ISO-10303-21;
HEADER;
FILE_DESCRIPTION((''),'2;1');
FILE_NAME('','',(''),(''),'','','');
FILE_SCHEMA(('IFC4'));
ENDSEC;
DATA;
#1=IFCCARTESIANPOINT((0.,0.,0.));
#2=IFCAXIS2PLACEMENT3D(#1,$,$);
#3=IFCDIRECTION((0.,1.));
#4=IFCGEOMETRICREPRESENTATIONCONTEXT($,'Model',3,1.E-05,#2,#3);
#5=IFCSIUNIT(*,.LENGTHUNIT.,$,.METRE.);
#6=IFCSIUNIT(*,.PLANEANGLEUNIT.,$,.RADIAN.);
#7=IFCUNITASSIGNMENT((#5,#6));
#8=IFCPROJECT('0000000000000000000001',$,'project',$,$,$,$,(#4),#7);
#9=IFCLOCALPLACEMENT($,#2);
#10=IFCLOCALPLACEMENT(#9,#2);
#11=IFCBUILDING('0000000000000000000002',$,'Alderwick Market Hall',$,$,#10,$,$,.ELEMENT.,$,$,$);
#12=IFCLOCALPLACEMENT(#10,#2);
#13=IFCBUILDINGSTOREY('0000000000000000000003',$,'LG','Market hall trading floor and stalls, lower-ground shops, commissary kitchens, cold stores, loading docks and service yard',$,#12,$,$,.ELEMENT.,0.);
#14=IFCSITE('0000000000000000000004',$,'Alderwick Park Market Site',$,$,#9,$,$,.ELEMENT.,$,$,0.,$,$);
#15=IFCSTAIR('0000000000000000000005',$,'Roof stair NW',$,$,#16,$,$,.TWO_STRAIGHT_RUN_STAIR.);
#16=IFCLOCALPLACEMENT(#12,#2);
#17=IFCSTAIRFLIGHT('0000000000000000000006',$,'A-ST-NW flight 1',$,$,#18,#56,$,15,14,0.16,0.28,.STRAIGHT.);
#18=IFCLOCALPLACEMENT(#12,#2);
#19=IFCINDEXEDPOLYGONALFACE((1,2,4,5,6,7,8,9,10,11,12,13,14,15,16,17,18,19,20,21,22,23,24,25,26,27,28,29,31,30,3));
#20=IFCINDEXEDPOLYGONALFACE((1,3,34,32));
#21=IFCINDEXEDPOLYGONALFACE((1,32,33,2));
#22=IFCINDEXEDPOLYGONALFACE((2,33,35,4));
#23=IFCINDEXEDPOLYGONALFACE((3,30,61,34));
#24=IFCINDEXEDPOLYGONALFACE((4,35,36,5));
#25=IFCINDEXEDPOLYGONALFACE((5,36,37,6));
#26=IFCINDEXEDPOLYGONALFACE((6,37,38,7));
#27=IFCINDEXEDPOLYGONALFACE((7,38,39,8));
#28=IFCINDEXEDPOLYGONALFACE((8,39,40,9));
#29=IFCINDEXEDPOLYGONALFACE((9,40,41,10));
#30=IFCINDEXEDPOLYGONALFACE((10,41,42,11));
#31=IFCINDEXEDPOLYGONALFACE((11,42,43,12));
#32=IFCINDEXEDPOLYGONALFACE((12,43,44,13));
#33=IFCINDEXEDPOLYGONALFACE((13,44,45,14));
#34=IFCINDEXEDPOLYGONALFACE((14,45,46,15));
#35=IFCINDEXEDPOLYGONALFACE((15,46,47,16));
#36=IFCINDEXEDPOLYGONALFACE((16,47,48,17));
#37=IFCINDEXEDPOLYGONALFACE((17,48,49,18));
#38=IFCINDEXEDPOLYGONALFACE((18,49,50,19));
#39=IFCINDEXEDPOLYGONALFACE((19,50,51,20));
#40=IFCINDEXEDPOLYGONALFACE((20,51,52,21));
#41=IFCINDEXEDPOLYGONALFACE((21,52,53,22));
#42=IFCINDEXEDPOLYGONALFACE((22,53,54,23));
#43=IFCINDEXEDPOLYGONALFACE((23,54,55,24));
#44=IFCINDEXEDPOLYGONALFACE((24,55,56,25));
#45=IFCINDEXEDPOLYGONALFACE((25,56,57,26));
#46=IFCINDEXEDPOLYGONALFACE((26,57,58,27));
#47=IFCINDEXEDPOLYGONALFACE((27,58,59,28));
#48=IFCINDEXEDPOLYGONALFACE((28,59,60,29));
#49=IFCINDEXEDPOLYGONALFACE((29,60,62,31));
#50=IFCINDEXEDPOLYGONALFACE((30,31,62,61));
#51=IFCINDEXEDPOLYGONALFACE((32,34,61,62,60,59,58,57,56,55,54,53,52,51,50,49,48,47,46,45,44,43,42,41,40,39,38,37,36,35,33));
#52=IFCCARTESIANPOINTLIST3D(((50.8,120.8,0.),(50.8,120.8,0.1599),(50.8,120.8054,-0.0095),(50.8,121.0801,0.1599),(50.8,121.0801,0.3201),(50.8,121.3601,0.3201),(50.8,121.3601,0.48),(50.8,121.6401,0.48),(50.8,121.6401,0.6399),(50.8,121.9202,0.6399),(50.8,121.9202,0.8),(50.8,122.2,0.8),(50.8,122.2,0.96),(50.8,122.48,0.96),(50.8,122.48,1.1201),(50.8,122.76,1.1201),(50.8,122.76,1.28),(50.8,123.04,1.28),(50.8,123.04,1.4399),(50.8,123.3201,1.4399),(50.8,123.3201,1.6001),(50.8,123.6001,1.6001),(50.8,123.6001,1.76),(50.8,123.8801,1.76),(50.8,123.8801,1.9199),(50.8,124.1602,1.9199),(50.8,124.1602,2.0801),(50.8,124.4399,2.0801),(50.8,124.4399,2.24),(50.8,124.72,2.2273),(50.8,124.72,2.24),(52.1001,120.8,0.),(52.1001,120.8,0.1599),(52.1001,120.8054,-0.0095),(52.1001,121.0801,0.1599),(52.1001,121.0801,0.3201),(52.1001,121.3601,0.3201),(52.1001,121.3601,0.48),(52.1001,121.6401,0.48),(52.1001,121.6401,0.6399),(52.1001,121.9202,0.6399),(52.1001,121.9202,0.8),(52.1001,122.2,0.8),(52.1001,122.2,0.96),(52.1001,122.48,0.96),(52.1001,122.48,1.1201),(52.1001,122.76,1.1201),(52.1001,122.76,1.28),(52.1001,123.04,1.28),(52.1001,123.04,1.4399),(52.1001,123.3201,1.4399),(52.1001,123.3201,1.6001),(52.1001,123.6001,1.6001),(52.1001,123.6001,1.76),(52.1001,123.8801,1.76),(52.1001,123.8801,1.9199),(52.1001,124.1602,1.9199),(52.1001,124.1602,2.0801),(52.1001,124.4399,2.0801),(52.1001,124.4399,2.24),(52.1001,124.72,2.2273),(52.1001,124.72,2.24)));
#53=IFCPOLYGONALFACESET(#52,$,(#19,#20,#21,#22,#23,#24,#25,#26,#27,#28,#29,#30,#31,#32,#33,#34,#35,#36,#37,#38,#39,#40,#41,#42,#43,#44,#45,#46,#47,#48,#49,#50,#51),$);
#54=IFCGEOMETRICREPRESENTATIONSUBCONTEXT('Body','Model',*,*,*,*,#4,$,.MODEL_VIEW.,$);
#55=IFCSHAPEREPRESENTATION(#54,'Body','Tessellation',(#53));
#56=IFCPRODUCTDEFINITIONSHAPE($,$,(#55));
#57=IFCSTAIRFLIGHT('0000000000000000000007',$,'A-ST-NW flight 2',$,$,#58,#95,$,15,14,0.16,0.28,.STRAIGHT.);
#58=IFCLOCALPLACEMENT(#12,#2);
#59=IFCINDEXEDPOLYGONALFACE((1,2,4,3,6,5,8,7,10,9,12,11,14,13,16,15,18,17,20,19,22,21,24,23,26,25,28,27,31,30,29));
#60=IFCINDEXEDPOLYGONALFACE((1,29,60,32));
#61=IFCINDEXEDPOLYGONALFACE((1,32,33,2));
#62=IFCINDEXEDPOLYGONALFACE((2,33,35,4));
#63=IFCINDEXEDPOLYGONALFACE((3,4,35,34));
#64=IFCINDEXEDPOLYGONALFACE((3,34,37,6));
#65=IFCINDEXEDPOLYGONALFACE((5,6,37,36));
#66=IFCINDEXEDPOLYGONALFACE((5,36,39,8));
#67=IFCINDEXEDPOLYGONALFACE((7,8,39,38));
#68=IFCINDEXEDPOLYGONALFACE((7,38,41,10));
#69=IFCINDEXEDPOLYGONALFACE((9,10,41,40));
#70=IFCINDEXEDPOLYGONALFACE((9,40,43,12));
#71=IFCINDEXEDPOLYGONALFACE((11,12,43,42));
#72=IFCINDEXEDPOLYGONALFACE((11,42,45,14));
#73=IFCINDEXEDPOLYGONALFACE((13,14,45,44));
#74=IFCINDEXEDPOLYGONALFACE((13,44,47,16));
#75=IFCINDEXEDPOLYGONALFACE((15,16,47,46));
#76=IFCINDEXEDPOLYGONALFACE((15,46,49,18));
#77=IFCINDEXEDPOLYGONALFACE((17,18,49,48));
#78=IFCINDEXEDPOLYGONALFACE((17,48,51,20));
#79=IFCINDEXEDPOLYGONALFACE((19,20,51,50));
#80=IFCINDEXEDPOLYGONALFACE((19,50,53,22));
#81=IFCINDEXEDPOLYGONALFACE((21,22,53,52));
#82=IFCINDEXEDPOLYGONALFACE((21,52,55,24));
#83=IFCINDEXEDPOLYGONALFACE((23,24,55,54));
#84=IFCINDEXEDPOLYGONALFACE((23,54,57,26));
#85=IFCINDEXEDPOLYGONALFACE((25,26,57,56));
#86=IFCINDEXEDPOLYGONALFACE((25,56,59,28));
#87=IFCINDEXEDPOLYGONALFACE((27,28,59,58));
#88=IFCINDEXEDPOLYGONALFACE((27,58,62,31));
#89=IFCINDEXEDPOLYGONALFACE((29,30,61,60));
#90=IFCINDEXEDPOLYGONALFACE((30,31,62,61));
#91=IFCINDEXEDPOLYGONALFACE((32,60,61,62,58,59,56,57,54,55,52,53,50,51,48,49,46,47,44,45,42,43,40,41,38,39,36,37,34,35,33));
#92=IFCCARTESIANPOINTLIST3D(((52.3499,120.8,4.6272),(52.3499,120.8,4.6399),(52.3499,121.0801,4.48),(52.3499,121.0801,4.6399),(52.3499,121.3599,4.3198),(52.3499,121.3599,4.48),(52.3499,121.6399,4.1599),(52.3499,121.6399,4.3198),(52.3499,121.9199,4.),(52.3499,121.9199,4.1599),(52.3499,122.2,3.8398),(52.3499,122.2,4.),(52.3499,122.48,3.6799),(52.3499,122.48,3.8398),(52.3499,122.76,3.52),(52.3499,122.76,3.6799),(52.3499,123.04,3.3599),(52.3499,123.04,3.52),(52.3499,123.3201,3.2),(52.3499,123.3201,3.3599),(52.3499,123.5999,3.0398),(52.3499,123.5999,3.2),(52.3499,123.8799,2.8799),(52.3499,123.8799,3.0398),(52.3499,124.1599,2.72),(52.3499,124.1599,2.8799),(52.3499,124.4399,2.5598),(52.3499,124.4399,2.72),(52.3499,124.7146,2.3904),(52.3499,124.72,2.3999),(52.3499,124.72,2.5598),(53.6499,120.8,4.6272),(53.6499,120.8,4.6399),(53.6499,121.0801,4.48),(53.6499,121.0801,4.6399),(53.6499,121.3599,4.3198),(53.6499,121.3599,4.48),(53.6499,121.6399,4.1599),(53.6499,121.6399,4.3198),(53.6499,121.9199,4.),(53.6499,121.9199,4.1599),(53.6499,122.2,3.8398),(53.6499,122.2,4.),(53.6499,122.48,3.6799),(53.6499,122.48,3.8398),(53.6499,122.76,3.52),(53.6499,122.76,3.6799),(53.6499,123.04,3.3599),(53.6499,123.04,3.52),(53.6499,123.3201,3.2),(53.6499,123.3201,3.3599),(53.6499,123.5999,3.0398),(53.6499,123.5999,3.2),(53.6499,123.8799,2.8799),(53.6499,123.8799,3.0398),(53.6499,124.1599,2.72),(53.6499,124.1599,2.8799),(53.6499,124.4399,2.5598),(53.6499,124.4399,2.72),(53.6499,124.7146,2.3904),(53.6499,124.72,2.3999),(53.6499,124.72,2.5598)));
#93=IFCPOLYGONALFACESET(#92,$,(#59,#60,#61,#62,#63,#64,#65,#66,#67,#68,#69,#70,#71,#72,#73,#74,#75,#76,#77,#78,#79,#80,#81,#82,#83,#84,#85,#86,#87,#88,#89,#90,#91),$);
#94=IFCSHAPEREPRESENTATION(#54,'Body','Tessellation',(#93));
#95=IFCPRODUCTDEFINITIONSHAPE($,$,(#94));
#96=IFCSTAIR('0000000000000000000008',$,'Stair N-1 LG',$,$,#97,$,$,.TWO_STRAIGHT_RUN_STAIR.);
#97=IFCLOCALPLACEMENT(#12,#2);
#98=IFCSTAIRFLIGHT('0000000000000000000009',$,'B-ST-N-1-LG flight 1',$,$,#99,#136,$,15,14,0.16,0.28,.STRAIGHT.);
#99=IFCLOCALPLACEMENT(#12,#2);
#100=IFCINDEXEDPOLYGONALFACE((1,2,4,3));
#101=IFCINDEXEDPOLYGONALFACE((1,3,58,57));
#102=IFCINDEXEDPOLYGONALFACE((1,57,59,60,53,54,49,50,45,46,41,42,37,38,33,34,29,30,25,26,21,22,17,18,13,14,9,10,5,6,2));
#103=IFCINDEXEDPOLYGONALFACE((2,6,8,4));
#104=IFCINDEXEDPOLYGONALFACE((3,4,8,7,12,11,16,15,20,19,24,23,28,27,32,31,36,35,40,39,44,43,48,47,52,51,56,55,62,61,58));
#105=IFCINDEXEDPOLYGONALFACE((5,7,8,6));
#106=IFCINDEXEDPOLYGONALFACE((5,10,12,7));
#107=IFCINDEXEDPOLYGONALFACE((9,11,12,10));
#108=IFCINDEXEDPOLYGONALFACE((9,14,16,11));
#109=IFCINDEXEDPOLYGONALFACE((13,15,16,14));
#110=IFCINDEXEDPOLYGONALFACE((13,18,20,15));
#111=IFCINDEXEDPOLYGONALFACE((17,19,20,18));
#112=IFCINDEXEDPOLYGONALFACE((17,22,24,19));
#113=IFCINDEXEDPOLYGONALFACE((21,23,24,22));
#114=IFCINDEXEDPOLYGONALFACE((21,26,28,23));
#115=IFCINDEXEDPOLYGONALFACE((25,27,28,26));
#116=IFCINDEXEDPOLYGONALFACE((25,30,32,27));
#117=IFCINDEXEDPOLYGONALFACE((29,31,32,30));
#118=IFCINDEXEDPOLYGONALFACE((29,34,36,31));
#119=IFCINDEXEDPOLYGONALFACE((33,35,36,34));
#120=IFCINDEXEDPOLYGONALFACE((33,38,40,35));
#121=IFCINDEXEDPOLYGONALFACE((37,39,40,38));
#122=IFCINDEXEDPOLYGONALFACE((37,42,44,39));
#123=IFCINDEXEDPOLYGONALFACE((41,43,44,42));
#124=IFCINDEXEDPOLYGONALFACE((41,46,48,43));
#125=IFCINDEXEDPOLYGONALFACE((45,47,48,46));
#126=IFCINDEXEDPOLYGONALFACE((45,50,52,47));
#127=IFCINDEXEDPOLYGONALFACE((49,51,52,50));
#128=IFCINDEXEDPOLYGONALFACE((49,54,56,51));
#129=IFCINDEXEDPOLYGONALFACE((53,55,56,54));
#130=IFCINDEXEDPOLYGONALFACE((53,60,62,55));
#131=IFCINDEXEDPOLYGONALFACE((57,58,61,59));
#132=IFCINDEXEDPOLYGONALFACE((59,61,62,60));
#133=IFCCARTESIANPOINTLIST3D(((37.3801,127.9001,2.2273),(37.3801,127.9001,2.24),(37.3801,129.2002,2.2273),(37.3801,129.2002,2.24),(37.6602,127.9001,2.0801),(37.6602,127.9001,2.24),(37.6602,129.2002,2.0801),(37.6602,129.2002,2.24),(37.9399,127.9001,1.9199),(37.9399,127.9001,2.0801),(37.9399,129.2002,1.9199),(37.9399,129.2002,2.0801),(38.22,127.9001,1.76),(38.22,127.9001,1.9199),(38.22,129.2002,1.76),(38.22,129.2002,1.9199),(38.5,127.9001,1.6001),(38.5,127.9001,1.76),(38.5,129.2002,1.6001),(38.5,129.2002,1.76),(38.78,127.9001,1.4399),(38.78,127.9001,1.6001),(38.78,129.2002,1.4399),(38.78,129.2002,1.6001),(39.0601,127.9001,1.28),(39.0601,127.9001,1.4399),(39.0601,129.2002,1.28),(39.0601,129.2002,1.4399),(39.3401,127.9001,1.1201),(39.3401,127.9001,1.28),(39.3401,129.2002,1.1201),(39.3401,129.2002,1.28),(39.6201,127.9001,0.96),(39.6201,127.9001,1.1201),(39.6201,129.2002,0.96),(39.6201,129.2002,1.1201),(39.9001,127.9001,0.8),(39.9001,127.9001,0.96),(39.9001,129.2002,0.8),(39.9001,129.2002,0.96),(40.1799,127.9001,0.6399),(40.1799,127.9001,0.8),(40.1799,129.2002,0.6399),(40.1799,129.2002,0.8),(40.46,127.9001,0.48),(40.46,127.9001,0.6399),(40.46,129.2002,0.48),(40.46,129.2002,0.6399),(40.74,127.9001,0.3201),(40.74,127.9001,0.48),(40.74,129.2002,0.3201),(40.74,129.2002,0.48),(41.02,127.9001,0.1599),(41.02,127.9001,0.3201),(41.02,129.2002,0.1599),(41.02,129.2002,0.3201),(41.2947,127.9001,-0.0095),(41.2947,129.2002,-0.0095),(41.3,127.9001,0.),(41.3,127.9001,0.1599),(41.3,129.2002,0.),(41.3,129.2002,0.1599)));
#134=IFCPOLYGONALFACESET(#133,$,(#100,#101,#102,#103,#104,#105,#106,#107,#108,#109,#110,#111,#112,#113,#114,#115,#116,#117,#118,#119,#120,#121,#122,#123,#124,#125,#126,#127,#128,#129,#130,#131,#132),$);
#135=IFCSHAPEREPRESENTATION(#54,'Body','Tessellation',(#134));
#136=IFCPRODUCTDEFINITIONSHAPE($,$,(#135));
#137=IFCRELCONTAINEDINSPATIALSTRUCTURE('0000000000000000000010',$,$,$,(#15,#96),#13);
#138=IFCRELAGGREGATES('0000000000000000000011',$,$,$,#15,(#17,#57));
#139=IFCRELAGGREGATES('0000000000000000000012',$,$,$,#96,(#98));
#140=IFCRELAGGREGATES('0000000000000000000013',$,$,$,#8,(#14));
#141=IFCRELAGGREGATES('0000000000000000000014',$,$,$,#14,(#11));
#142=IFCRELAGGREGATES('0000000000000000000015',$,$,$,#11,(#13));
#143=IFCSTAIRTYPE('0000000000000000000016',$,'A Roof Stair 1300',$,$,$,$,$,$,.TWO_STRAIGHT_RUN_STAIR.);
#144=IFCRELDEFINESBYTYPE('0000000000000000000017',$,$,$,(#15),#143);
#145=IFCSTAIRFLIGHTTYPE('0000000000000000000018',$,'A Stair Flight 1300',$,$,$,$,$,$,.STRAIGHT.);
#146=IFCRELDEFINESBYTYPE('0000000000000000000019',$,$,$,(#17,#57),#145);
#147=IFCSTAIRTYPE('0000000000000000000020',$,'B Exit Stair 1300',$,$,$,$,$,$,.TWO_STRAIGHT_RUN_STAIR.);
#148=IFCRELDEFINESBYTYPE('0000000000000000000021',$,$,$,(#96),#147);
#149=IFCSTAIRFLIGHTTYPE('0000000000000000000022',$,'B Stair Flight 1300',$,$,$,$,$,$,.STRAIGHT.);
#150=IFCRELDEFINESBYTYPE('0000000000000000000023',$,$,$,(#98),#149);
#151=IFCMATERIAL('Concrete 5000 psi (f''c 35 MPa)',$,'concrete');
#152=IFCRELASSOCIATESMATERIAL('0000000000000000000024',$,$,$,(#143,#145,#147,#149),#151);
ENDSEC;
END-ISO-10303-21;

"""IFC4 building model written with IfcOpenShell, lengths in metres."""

from ifc_helpers import new_model, si_unit, direction, frame, origin, place, context, subcontext, project, spatial, polyline, outline, extrude, material, type_object, element, aggregate, save


model = new_model("IFC4")

# Units and contexts
model_context = context("Model", 3, precision=1e-05, world=origin(), true_north=direction((0.0, 1.0)))
body_context = subcontext(model_context, "Body", "Model", "MODEL_VIEW")
ifc_project = project(units=[si_unit("LENGTHUNIT", "METRE"), si_unit("PLANEANGLEUNIT", "RADIAN")], contexts=[model_context])

# Site, building, storey
site_placement = place(None, origin())
site = spatial("IfcSite", under=ifc_project, at=site_placement, Name="Alderwick Park Market Site", CompositionType="ELEMENT", RefElevation=0.0)
building_placement = place(site_placement, origin())
building = spatial("IfcBuilding", under=site, at=building_placement, Name="Alderwick Market Hall", CompositionType="ELEMENT")
storey_placement = place(building_placement, origin())
storey = spatial("IfcBuildingStorey", under=building, at=storey_placement, Name="LG", Description="Market hall trading floor and stalls, lower-ground shops, commissary kitchens, cold stores, loading docks and service yard", CompositionType="ELEMENT", Elevation=0.0)

# Shared definitions
ifc_material_1 = material(Name="Concrete 5000 psi (f'c 35 MPa)", Category="concrete")

# Stair, stair flights
stair_type_1 = type_object("IfcStairType", Name="A Roof Stair 1300", PredefinedType="TWO_STRAIGHT_RUN_STAIR", material=ifc_material_1)
stair_1_placement = place(storey_placement, origin())
stair_1 = element("IfcStair", 1, at=stair_1_placement, inside=storey, type_object=stair_type_1, Name="Roof stair NW", PredefinedType="TWO_STRAIGHT_RUN_STAIR")
stair_flight_type_1 = type_object("IfcStairFlightType", Name="A Stair Flight 1300", PredefinedType="STRAIGHT", material=ifc_material_1)
stair_flight_1_placement = place(storey_placement, frame((51.45, 120.8, 0.0), z_axis=(0.0, 0.0, 1.0), x_axis=(0.0, 1.0, 0.0)))
stair_flight_1 = element("IfcStairFlight", 2, at=stair_flight_1_placement, type_object=stair_flight_type_1, Name="A-ST-NW flight 1", NumberOfRisers=15, NumberOfTreads=14, PredefinedType="STRAIGHT", RiserHeight=0.16, TreadLength=0.28, context=body_context, shape_type="SweptSolid", body=[
    extrude(outline(polyline([(0.0054, -0.0095), (0.0, 0.0), (0.0, 0.1599), (0.28, 0.1599), (0.28, 0.3201), (0.5601, 0.3201), (0.5601, 0.48), (0.8401, 0.48), (0.8401, 0.6399), (1.1201, 0.6399), (1.1201, 0.8), (1.3999, 0.8), (1.3999, 0.96), (1.6799, 0.96), (1.6799, 1.1201), (1.96, 1.1201), (1.96, 1.28), (2.24, 1.28), (2.24, 1.4399), (2.52, 1.4399), (2.52, 1.6001), (2.8, 1.6001), (2.8, 1.76), (3.0801, 1.76), (3.0801, 1.9199), (3.3601, 1.9199), (3.3601, 2.0801), (3.6399, 2.0801), (3.6399, 2.24), (3.9199, 2.24), (3.9199, 2.2273), (0.0054, -0.0095)])), frame((0.0, 0.6499, 0.0), z_axis=(0.0, -1.0, 0.0), x_axis=(1.0, 0.0, 0.0)), (0.0, 0.0, 1.0), 1.3),
])
stair_flight_2_placement = place(storey_placement, frame((53.0, 124.72, 2.3999), z_axis=(0.0, 0.0, 1.0), x_axis=(0.0, -1.0, 0.0)))
stair_flight_2 = element("IfcStairFlight", 3, at=stair_flight_2_placement, type_object=stair_flight_type_1, Name="A-ST-NW flight 2", NumberOfRisers=15, NumberOfTreads=14, PredefinedType="STRAIGHT", RiserHeight=0.16, TreadLength=0.28, context=body_context, shape_type="SweptSolid", body=[
    extrude(outline(polyline([(0.0054, -0.0095), (0.0, 0.0), (0.0, 0.1599), (0.28, 0.1599), (0.28, 0.3201), (0.5601, 0.3201), (0.5601, 0.48), (0.8401, 0.48), (0.8401, 0.6399), (1.1201, 0.6399), (1.1201, 0.8), (1.3999, 0.8), (1.3999, 0.96), (1.6799, 0.96), (1.6799, 1.1201), (1.96, 1.1201), (1.96, 1.28), (2.24, 1.28), (2.24, 1.4399), (2.52, 1.4399), (2.52, 1.6001), (2.8, 1.6001), (2.8, 1.76), (3.0801, 1.76), (3.0801, 1.9199), (3.3601, 1.9199), (3.3601, 2.0801), (3.6399, 2.0801), (3.6399, 2.24), (3.9199, 2.24), (3.9199, 2.2273), (0.0054, -0.0095)])), frame((0.0, 0.6499, 0.0), z_axis=(0.0, -1.0, 0.0), x_axis=(1.0, 0.0, 0.0)), (0.0, 0.0, 1.0), 1.3),
])
aggregate(stair_1, [stair_flight_1, stair_flight_2])

# Stair, stair flight
stair_type_2 = type_object("IfcStairType", Name="B Exit Stair 1300", PredefinedType="TWO_STRAIGHT_RUN_STAIR", material=ifc_material_1)
stair_2_placement = place(storey_placement, origin())
stair_2 = element("IfcStair", 4, at=stair_2_placement, inside=storey, type_object=stair_type_2, Name="Stair N-1 LG", PredefinedType="TWO_STRAIGHT_RUN_STAIR")
stair_flight_type_2 = type_object("IfcStairFlightType", Name="B Stair Flight 1300", PredefinedType="STRAIGHT", material=ifc_material_1)
stair_flight_3_placement = place(storey_placement, frame((41.3, 128.55, 0.0), z_axis=(0.0, 0.0, 1.0), x_axis=(-1.0, 0.0, 0.0)))
stair_flight_3 = element("IfcStairFlight", 5, at=stair_flight_3_placement, type_object=stair_flight_type_2, Name="B-ST-N-1-LG flight 1", NumberOfRisers=15, NumberOfTreads=14, PredefinedType="STRAIGHT", RiserHeight=0.16, TreadLength=0.28, context=body_context, shape_type="SweptSolid", body=[
    extrude(outline(polyline([(0.0054, -0.0095), (0.0, 0.0), (0.0, 0.1599), (0.28, 0.1599), (0.28, 0.3201), (0.5601, 0.3201), (0.5601, 0.48), (0.8401, 0.48), (0.8401, 0.6399), (1.1201, 0.6399), (1.1201, 0.8), (1.3999, 0.8), (1.3999, 0.96), (1.6799, 0.96), (1.6799, 1.1201), (1.96, 1.1201), (1.96, 1.28), (2.24, 1.28), (2.24, 1.4399), (2.52, 1.4399), (2.52, 1.6001), (2.8, 1.6001), (2.8, 1.76), (3.0801, 1.76), (3.0801, 1.9199), (3.3601, 1.9199), (3.3601, 2.0801), (3.6399, 2.0801), (3.6399, 2.24), (3.9199, 2.24), (3.9199, 2.2273), (0.0054, -0.0095)])), frame((0.0, 0.6499, 0.0), z_axis=(0.0, -1.0, 0.0), x_axis=(1.0, 0.0, 0.0)), (0.0, 0.0, 1.0), 1.3),
])
aggregate(stair_2, [stair_flight_3])

save(model, "model.ifc")
